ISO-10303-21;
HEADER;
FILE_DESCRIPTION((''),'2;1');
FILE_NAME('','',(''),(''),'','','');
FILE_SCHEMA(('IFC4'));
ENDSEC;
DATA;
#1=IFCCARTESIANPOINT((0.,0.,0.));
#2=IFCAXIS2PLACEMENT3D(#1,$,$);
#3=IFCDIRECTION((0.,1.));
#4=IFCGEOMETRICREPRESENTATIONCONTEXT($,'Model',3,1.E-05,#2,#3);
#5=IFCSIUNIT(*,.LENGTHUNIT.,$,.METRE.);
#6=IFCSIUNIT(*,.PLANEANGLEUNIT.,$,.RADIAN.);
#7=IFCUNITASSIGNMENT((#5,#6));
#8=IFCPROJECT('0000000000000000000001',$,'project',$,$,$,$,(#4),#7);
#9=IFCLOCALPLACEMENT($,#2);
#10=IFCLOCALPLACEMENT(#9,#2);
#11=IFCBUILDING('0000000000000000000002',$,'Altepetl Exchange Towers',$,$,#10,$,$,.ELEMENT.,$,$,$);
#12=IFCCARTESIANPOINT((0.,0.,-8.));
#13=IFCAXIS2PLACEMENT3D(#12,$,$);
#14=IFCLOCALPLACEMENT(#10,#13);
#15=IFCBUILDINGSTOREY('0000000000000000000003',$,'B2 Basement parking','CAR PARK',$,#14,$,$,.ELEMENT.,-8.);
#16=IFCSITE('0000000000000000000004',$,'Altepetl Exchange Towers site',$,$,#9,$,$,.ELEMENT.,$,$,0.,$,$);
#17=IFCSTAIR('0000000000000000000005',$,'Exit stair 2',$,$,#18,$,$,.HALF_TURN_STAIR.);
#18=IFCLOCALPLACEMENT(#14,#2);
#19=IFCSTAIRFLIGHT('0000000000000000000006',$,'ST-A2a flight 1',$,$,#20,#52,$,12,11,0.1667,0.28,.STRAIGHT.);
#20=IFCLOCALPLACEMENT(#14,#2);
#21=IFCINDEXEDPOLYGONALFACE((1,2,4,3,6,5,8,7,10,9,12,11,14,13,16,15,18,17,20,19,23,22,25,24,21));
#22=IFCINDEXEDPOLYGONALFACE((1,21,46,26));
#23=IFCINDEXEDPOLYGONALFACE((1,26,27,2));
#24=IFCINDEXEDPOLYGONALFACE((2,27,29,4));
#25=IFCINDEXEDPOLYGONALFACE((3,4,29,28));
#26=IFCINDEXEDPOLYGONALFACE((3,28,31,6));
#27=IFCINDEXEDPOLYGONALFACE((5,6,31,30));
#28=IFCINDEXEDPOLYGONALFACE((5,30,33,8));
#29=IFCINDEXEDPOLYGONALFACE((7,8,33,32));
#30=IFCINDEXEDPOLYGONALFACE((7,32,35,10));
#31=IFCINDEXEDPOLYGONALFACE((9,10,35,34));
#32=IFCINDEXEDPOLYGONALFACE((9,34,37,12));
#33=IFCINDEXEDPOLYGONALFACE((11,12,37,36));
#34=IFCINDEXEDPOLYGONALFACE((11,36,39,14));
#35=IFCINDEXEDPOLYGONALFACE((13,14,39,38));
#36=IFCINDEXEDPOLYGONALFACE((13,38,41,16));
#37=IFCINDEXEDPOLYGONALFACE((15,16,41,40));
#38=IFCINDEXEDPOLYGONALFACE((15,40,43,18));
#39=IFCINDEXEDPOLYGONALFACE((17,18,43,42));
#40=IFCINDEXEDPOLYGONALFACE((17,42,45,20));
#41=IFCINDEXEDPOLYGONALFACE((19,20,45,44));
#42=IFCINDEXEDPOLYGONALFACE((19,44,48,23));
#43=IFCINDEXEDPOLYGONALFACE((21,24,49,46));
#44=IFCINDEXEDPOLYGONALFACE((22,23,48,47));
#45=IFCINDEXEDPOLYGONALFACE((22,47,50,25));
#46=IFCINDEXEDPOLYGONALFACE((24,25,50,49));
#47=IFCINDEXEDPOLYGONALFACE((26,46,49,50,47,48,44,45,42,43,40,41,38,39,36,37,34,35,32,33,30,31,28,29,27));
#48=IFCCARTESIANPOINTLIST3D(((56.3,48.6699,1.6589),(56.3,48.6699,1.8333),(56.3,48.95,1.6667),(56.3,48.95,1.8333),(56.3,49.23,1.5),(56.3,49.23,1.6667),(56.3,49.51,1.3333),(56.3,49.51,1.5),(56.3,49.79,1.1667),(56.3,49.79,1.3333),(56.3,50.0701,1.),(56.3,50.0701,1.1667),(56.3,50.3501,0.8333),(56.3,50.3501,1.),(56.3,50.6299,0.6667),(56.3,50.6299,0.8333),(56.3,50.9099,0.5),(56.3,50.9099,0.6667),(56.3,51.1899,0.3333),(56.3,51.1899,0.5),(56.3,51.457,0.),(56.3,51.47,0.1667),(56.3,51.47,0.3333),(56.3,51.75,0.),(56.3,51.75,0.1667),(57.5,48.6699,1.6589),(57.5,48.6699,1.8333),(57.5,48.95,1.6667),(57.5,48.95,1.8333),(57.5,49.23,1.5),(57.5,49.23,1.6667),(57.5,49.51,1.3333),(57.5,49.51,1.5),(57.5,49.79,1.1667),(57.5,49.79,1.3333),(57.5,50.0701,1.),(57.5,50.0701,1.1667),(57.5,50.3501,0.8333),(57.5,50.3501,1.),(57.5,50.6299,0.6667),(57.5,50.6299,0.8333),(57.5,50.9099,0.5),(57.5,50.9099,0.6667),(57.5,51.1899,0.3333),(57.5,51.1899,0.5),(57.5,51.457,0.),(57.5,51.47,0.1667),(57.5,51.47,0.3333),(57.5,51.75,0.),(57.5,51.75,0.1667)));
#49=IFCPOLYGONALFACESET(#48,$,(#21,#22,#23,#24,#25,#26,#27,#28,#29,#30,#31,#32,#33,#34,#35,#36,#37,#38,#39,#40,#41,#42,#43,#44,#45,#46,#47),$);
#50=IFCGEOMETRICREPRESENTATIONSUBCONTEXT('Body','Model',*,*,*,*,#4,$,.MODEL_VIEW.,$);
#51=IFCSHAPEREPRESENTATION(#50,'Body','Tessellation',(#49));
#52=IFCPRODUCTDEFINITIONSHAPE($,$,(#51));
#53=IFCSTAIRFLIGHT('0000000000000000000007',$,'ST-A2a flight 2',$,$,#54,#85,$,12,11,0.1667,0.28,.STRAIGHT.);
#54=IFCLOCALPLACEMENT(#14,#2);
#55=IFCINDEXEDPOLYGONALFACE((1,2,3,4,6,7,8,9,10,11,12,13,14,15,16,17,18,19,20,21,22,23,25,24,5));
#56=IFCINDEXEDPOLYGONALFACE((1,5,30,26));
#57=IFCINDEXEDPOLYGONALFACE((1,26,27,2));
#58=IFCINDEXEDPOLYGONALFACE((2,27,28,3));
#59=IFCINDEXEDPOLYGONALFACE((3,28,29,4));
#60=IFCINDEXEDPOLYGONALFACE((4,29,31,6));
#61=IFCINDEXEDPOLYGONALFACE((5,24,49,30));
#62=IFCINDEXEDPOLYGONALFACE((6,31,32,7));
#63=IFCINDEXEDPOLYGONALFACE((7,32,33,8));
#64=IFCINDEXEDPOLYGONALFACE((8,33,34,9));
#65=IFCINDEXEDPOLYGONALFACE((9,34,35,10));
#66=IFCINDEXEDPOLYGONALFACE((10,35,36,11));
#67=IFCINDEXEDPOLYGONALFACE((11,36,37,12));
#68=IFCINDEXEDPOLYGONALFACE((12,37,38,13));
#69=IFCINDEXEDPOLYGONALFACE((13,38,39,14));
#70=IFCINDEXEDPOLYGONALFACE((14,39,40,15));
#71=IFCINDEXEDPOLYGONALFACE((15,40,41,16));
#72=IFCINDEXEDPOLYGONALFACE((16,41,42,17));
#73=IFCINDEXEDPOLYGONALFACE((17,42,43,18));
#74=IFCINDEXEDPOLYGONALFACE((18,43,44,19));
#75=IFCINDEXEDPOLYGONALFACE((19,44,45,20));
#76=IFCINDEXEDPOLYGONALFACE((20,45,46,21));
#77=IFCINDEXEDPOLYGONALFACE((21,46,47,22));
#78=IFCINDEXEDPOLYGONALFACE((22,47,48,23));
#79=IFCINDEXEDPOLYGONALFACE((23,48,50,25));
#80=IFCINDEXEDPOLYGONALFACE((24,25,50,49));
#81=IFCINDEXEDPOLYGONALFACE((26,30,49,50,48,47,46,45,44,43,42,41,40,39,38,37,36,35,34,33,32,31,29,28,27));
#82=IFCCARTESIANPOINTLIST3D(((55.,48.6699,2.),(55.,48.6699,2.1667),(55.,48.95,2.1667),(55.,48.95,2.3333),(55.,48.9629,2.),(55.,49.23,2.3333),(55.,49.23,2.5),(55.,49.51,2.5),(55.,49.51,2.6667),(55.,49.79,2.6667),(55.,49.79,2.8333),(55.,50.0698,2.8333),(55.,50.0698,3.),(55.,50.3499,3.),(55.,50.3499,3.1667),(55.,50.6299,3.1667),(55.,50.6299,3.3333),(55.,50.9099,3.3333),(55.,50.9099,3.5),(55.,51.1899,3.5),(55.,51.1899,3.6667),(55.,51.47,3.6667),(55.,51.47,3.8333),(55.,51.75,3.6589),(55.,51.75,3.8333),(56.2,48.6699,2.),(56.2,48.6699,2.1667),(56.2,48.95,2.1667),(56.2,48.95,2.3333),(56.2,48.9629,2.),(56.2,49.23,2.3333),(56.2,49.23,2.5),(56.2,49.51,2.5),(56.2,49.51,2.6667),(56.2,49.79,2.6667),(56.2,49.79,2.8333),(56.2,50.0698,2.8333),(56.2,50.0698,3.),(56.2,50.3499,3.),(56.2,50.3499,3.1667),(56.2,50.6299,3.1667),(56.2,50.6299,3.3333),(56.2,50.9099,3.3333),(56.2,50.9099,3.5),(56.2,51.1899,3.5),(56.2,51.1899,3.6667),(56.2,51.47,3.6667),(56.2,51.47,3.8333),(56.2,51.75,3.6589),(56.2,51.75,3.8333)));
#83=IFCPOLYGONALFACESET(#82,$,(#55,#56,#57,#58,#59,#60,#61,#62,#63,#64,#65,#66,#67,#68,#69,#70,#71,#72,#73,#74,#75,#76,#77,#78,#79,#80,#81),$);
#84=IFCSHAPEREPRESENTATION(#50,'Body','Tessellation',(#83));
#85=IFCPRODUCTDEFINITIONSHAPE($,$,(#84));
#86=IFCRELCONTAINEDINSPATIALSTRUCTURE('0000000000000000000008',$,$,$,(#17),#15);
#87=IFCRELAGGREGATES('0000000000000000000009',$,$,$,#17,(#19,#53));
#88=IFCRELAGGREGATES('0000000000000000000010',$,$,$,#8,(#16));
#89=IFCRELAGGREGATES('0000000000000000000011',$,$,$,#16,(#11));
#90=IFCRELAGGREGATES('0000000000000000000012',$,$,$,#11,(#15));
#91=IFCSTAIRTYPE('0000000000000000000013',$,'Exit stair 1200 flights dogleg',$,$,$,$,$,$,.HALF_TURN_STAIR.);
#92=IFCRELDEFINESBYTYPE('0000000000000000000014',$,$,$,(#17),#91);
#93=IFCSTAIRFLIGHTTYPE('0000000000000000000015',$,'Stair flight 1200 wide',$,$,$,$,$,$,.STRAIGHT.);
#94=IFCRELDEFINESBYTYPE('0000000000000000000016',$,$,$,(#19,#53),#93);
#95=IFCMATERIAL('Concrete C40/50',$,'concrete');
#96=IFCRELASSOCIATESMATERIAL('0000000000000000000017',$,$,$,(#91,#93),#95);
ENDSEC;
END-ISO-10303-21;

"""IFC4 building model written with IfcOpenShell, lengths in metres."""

from ifc_helpers import new_model, si_unit, direction, frame, origin, place, context, subcontext, project, spatial, polyline, outline, extrude, material, type_object, element, aggregate, save


model = new_model("IFC4")

# Units and contexts
model_context = context("Model", 3, precision=1e-05, world=origin(), true_north=direction((0.0, 1.0)))
body_context = subcontext(model_context, "Body", "Model", "MODEL_VIEW")
ifc_project = project(units=[si_unit("LENGTHUNIT", "METRE"), si_unit("PLANEANGLEUNIT", "RADIAN")], contexts=[model_context])

# Site, building, storey
site_placement = place(None, origin())
site = spatial("IfcSite", under=ifc_project, at=site_placement, Name="Altepetl Exchange Towers site", CompositionType="ELEMENT", RefElevation=0.0)
building_placement = place(site_placement, origin())
building = spatial("IfcBuilding", under=site, at=building_placement, Name="Altepetl Exchange Towers", CompositionType="ELEMENT")
storey_placement = place(building_placement, frame((0.0, 0.0, -8.0)))
storey = spatial("IfcBuildingStorey", under=building, at=storey_placement, Name="B2 Basement parking", Description="CAR PARK", CompositionType="ELEMENT", Elevation=-8.0)

# Shared definitions
ifc_material_1 = material(Name="Concrete C40/50", Category="concrete")

# Stair, stair flights
stair_type = type_object("IfcStairType", Name="Exit stair 1200 flights dogleg", PredefinedType="HALF_TURN_STAIR", material=ifc_material_1)
stair_placement = place(storey_placement, origin())
stair = element("IfcStair", 1, at=stair_placement, inside=storey, type_object=stair_type, Name="Exit stair 2", PredefinedType="HALF_TURN_STAIR")
stair_flight_type = type_object("IfcStairFlightType", Name="Stair flight 1200 wide", PredefinedType="STRAIGHT", material=ifc_material_1)
stair_flight_1_placement = place(storey_placement, frame((56.8999, 51.75, 0.0), z_axis=(0.0, 0.0, 1.0), x_axis=(0.0, -1.0, 0.0)))
stair_flight_1 = element("IfcStairFlight", 2, at=stair_flight_1_placement, type_object=stair_flight_type, Name="ST-A2a flight 1", NumberOfRisers=12, NumberOfTreads=11, PredefinedType="STRAIGHT", RiserHeight=0.1667, TreadLength=0.28, context=body_context, shape_type="SweptSolid", body=[
    extrude(outline(polyline([(0.0, 0.0), (0.0, 0.1667), (0.28, 0.1667), (0.28, 0.3333), (0.5601, 0.3333), (0.5601, 0.5), (0.8401, 0.5), (0.8401, 0.6667), (1.1201, 0.6667), (1.1201, 0.8333), (1.3999, 0.8333), (1.3999, 1.0), (1.6799, 1.0), (1.6799, 1.1667), (1.96, 1.1667), (1.96, 1.3333), (2.24, 1.3333), (2.24, 1.5), (2.52, 1.5), (2.52, 1.6667), (2.8, 1.6667), (2.8, 1.8333), (3.0801, 1.8333), (3.0801, 2.0), (3.0801, 1.6589), (0.293, 0.0), (0.0, 0.0)])), frame((0.0, 0.6001, 0.0), z_axis=(0.0, -1.0, 0.0), x_axis=(1.0, 0.0, 0.0)), (0.0, 0.0, 1.0), 1.2),
])
stair_flight_2_placement = place(storey_placement, frame((55.6001, 48.6699, 2.0), z_axis=(0.0, 0.0, 1.0), x_axis=(0.0, 1.0, 0.0)))
stair_flight_2 = element("IfcStairFlight", 3, at=stair_flight_2_placement, type_object=stair_flight_type, Name="ST-A2a flight 2", NumberOfRisers=12, NumberOfTreads=11, PredefinedType="STRAIGHT", RiserHeight=0.1667, TreadLength=0.28, context=body_context, shape_type="SweptSolid", body=[
    extrude(outline(polyline([(0.0, 0.0), (0.0, 0.1667), (0.28, 0.1667), (0.28, 0.3333), (0.5601, 0.3333), (0.5601, 0.5), (0.8401, 0.5), (0.8401, 0.6667), (1.1201, 0.6667), (1.1201, 0.8333), (1.3999, 0.8333), (1.3999, 1.0), (1.6799, 1.0), (1.6799, 1.1667), (1.96, 1.1667), (1.96, 1.3333), (2.24, 1.3333), (2.24, 1.5), (2.52, 1.5), (2.52, 1.6667), (2.8, 1.6667), (2.8, 1.8333), (3.0801, 1.8333), (3.0801, 2.0), (3.0801, 1.6589), (0.293, 0.0), (0.0, 0.0)])), frame((0.0, 0.6001, 0.0), z_axis=(0.0, -1.0, 0.0), x_axis=(1.0, 0.0, 0.0)), (0.0, 0.0, 1.0), 1.2),
])
aggregate(stair, [stair_flight_1, stair_flight_2])

save(model, "model.ifc")
